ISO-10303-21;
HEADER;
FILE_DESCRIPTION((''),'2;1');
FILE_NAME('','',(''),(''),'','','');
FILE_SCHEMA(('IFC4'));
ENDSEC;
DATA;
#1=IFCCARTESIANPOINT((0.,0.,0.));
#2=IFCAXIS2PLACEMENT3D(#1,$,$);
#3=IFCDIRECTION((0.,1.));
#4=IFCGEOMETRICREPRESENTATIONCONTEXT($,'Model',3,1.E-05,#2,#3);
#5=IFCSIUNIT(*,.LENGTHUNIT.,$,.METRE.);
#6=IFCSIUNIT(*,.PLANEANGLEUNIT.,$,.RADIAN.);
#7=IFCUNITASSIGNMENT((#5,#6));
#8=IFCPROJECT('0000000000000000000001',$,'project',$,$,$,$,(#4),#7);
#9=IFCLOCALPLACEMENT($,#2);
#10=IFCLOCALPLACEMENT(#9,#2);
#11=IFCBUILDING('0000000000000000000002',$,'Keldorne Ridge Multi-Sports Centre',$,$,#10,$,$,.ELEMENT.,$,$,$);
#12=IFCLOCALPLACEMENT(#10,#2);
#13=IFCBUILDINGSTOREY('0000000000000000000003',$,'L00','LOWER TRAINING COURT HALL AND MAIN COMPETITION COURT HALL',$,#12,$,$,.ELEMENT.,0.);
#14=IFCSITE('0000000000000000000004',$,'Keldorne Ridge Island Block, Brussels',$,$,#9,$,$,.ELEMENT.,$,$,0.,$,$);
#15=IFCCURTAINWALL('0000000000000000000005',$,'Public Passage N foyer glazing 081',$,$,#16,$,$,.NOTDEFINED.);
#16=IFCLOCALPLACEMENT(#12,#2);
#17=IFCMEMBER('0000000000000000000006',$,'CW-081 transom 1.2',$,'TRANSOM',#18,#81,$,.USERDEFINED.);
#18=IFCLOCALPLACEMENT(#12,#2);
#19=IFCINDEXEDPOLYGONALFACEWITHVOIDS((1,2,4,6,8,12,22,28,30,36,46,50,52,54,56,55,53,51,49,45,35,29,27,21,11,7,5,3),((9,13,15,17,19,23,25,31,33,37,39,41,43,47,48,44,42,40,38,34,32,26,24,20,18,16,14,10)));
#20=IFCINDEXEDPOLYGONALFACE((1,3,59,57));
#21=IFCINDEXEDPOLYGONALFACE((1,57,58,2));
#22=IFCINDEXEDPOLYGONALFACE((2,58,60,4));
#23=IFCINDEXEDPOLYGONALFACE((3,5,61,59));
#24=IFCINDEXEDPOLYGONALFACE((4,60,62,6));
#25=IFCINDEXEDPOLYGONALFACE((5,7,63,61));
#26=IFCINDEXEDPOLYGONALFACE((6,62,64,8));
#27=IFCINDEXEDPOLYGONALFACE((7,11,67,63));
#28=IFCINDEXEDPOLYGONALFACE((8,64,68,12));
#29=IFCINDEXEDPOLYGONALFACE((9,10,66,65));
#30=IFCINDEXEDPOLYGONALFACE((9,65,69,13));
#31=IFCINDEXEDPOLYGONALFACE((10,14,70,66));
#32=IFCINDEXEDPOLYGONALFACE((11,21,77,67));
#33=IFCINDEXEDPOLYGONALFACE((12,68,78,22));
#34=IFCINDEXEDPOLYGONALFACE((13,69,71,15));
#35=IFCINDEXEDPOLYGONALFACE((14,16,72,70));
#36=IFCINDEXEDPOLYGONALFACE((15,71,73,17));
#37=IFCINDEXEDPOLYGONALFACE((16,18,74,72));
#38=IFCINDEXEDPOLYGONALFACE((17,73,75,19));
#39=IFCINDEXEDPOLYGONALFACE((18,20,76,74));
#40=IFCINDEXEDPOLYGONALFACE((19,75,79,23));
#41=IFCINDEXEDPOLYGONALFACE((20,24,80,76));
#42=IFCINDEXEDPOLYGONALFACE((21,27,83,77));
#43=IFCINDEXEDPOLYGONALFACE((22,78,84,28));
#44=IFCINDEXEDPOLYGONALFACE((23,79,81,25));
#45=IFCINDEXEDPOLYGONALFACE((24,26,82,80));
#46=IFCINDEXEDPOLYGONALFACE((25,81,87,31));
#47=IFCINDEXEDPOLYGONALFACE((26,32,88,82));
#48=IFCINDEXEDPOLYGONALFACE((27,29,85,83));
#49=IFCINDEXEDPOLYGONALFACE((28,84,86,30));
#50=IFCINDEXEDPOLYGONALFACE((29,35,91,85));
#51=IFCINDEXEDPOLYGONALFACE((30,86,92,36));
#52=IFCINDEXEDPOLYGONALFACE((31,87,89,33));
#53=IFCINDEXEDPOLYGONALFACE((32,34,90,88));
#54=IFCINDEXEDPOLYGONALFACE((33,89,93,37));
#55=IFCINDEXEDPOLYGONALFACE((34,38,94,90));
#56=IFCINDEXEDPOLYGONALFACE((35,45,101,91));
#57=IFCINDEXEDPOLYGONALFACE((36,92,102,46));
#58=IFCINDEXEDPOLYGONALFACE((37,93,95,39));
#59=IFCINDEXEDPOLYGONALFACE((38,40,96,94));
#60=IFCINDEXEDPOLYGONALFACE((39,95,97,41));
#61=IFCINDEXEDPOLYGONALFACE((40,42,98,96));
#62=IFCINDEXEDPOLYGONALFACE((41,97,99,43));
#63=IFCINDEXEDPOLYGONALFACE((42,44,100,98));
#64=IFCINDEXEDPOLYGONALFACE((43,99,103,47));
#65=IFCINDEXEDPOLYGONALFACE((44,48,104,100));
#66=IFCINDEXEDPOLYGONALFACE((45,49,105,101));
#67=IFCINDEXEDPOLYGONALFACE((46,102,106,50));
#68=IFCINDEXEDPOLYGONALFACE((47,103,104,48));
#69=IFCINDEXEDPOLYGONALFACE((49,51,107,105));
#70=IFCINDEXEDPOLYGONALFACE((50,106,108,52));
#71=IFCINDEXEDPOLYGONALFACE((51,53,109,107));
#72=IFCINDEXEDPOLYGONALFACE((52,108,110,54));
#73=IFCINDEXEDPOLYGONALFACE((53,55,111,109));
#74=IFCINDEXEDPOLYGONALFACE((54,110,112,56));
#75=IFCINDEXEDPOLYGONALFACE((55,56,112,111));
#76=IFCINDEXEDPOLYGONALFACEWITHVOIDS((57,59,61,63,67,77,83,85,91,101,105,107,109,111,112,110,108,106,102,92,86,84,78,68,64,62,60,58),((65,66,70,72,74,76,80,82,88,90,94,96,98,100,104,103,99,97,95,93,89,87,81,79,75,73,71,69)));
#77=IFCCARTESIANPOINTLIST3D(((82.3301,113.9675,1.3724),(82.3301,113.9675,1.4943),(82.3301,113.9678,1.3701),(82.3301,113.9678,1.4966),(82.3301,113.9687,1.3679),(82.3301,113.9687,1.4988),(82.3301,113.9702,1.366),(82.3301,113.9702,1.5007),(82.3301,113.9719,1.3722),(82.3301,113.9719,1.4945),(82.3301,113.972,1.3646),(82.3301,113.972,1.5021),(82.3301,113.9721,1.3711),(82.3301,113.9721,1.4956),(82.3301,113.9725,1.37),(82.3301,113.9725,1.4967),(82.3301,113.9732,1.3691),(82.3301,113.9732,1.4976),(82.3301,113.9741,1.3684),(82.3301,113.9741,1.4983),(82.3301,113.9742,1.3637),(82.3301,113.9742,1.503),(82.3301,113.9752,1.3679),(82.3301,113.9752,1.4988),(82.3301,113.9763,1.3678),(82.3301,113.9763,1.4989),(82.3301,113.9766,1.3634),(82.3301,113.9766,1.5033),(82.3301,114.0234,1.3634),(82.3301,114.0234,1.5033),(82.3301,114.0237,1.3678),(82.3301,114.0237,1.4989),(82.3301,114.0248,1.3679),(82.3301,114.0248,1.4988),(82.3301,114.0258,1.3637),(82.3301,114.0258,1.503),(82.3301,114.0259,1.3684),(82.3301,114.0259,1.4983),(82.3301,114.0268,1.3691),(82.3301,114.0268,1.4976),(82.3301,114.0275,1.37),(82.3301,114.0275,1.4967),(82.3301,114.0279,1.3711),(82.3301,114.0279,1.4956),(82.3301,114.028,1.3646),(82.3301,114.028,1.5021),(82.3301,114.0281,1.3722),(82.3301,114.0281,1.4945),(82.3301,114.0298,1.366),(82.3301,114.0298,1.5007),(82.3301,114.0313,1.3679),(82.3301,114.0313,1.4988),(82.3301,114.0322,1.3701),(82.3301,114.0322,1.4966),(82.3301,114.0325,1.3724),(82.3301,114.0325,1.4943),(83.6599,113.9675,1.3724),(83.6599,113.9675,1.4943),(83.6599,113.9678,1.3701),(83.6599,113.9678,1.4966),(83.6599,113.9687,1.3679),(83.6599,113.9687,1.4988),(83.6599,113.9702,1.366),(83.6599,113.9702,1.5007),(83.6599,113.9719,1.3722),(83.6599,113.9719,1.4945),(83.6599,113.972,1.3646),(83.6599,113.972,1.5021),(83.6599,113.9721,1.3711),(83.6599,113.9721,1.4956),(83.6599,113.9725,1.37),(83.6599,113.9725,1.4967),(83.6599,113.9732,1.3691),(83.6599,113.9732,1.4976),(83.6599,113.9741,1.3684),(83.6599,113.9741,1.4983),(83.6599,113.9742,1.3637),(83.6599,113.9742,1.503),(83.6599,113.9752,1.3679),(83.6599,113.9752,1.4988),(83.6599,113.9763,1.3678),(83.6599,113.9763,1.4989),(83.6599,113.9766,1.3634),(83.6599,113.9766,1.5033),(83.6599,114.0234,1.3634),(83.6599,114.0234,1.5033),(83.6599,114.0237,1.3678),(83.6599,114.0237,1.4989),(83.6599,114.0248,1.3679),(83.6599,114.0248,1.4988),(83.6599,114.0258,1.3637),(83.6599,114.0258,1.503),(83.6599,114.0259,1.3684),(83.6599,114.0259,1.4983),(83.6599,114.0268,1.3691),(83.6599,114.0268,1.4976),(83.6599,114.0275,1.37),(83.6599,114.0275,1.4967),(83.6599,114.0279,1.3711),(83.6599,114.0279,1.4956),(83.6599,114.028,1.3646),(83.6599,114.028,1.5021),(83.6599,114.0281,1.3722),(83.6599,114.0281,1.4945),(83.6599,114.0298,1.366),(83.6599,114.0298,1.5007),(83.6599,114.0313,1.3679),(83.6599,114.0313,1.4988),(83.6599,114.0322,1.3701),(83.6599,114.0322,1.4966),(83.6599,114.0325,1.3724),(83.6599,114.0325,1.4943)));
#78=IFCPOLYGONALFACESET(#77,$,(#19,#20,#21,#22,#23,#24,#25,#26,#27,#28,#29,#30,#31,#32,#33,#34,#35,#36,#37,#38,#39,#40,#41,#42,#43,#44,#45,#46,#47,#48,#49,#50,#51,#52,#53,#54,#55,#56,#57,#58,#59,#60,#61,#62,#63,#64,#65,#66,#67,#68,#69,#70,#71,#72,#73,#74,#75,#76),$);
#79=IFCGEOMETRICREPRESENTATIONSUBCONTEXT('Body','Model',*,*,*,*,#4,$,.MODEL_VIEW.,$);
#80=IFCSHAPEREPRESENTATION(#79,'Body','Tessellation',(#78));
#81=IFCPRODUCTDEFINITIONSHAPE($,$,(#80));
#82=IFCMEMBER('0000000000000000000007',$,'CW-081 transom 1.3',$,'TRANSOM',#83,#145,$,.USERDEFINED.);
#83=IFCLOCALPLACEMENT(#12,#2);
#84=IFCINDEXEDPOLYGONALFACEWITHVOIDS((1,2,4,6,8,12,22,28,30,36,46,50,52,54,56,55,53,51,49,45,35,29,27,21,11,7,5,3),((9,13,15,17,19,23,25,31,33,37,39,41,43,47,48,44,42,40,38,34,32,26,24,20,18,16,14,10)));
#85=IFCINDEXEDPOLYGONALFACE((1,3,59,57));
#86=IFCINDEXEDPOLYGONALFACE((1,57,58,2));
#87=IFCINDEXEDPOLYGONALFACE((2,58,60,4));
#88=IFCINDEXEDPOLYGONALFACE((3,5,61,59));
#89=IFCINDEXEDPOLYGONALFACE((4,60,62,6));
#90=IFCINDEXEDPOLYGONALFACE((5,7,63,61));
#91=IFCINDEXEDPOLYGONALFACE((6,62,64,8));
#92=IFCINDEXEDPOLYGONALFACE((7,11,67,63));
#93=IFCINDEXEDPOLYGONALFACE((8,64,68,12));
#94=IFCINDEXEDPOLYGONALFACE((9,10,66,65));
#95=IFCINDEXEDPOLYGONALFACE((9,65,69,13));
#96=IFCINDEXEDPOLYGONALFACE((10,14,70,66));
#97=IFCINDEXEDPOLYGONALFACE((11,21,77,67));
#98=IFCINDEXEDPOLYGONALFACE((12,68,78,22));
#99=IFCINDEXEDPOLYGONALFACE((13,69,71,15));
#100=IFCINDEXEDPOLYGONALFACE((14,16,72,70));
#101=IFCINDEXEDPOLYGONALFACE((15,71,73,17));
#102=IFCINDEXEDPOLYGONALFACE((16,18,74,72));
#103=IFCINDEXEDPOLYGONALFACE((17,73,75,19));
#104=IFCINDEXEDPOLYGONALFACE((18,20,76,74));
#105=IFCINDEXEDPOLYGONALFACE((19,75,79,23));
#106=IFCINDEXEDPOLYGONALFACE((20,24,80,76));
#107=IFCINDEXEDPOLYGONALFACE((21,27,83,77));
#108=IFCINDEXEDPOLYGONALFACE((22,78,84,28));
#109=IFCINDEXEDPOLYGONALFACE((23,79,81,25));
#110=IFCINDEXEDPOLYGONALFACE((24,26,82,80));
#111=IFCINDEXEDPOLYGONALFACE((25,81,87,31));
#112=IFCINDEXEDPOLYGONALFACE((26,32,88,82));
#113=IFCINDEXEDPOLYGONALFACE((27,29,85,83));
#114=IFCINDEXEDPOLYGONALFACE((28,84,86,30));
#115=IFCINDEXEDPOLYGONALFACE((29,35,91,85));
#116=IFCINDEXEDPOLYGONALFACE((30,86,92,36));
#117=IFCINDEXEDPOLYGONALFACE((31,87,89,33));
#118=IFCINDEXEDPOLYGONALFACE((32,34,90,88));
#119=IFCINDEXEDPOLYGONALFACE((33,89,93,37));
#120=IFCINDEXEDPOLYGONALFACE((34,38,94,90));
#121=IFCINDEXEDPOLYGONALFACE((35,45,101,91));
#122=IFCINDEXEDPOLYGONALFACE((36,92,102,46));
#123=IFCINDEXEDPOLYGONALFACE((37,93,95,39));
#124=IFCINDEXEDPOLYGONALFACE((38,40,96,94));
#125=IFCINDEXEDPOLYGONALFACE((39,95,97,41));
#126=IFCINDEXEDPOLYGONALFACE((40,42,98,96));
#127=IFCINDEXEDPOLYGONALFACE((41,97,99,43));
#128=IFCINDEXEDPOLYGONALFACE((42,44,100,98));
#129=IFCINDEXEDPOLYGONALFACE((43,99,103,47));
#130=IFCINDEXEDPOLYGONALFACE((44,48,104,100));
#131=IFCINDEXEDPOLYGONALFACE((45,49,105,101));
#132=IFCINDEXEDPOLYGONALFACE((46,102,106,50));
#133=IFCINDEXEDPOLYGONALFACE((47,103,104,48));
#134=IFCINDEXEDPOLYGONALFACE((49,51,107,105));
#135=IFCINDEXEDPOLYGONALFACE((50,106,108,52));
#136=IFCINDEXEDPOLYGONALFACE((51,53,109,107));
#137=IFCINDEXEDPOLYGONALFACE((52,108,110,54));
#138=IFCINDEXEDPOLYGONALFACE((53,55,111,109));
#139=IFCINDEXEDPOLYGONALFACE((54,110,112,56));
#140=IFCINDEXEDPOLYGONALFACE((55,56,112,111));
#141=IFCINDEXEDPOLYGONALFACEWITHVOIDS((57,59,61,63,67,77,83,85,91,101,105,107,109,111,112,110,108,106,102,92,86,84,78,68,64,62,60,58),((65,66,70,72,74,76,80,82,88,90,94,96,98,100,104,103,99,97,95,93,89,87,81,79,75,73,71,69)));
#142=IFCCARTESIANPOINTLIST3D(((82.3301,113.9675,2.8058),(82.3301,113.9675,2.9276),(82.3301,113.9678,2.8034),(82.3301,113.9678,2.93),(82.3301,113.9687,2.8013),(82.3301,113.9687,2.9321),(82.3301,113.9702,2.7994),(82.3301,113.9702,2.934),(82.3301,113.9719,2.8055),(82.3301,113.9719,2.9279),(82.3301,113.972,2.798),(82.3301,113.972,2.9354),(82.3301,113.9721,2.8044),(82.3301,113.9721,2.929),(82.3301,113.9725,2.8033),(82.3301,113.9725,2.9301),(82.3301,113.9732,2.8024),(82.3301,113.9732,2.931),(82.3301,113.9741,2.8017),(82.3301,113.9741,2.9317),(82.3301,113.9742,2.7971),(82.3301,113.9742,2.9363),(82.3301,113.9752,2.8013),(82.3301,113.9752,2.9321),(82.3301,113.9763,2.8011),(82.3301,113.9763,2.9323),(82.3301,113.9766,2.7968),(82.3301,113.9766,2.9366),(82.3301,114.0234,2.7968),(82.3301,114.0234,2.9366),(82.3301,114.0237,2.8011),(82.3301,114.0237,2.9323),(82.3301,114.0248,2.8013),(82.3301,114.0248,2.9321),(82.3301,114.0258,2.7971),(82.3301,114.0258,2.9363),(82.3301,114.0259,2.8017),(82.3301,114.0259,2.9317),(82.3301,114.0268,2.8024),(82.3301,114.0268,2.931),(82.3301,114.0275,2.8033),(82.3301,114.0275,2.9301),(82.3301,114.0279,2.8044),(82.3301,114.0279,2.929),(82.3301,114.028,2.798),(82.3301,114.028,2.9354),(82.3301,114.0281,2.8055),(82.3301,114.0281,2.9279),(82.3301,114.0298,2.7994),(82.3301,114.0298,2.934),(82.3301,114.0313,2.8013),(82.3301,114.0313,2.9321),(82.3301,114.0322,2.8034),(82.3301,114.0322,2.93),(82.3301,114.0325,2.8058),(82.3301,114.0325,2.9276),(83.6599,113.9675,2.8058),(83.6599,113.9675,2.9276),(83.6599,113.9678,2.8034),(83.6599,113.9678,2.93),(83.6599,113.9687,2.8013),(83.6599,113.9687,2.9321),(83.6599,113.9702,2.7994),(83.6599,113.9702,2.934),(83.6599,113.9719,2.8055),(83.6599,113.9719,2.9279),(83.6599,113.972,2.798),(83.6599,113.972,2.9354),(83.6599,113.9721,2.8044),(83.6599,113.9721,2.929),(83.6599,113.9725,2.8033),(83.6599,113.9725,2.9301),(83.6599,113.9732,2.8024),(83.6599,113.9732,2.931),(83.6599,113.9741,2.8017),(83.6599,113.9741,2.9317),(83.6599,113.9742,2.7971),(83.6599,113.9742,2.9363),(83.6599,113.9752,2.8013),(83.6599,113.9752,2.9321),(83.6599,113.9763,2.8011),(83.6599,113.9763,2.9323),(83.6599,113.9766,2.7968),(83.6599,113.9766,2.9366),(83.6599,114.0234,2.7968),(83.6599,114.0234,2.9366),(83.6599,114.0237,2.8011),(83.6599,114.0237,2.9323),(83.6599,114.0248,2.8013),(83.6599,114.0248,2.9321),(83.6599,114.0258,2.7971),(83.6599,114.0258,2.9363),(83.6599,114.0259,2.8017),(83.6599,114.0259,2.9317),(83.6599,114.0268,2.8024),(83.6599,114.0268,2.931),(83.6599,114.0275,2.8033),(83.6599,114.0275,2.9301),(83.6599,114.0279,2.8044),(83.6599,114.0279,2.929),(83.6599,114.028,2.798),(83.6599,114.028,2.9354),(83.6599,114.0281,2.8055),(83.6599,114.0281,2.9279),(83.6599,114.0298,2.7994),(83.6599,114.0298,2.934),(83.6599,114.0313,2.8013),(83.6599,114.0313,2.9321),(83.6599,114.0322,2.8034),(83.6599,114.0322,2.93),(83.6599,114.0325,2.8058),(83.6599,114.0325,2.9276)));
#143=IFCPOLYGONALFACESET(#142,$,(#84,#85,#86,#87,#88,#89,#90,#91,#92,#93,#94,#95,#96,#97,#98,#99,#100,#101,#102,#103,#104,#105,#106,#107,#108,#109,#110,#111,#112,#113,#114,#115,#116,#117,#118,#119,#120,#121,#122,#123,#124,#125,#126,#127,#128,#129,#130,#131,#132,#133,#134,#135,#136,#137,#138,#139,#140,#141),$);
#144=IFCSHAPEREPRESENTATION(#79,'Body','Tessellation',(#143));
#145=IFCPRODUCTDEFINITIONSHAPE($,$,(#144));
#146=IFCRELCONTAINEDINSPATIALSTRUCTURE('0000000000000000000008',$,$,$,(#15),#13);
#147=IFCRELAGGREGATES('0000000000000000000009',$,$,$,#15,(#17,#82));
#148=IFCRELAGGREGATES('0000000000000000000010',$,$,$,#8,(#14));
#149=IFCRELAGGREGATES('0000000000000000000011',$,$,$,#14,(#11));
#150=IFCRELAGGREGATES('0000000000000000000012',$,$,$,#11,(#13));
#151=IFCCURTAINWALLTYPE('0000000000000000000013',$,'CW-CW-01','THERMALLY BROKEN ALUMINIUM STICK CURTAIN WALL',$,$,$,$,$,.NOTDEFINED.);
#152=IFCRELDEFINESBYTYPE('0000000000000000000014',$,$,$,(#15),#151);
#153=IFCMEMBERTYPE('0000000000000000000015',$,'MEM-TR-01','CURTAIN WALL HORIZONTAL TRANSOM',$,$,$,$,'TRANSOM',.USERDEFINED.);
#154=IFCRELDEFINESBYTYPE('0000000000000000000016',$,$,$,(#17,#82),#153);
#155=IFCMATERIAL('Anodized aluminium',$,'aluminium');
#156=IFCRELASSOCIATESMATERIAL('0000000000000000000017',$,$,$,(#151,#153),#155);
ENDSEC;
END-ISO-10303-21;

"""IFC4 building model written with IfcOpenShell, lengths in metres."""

from ifc_helpers import new_model, si_unit, direction, frame, origin, origin_2d, place, context, subcontext, project, spatial, hollow_rectangle, extrude, material, material_profile, profile_set, type_object, element, aggregate, save


model = new_model("IFC4")

# Units and contexts
model_context = context("Model", 3, precision=1e-05, world=origin(), true_north=direction((0.0, 1.0)))
body_context = subcontext(model_context, "Body", "Model", "MODEL_VIEW")
ifc_project = project(units=[si_unit("LENGTHUNIT", "METRE"), si_unit("PLANEANGLEUNIT", "RADIAN")], contexts=[model_context])

# Site, building, storey
site_placement = place(None, origin())
site = spatial("IfcSite", under=ifc_project, at=site_placement, Name="Keldorne Ridge Island Block, Brussels", CompositionType="ELEMENT", RefElevation=0.0)
building_placement = place(site_placement, origin())
building = spatial("IfcBuilding", under=site, at=building_placement, Name="Keldorne Ridge Multi-Sports Centre", CompositionType="ELEMENT")
storey_placement = place(building_placement, origin())
storey = spatial("IfcBuildingStorey", under=building, at=storey_placement, Name="L00", Description="LOWER TRAINING COURT HALL AND MAIN COMPETITION COURT HALL", CompositionType="ELEMENT", Elevation=0.0)

# Curtain wall, members
ifc_material_1 = material(Name="Anodized aluminium", Category="aluminium")
curtain_wall_type = type_object("IfcCurtainWallType", Name="CW-CW-01", Description="THERMALLY BROKEN ALUMINIUM STICK CURTAIN WALL", PredefinedType="NOTDEFINED", material=ifc_material_1)
curtain_wall_placement = place(storey_placement, origin())
curtain_wall = element("IfcCurtainWall", 1, at=curtain_wall_placement, inside=storey, type_object=curtain_wall_type, Name="Public Passage N foyer glazing 081", PredefinedType="NOTDEFINED")
ifc_material_profile_1 = material_profile(ifc_material_1, hollow_rectangle(XDim=0.0649, YDim=0.1399, WallThickness=0.0044, InnerFilletRadius=0.0044, OuterFilletRadius=0.009, at=origin_2d()), Name="ALU TRANSOM 140x65x4.5")
ifc_profile_set_1 = profile_set([ifc_material_profile_1], Name="Anodized aluminium")
member_type_1 = type_object("IfcMemberType", Name="MEM-TR-01", Description="CURTAIN WALL HORIZONTAL TRANSOM", ElementType="TRANSOM", PredefinedType="USERDEFINED", material=ifc_profile_set_1)
member_1_placement = place(storey_placement, frame((83.6599, 114.0, 1.4333), z_axis=(-1.0, 0.0, 0.0), x_axis=(0.0, -1.0, 0.0)))
member_1 = element("IfcMember", 2, at=member_1_placement, type_object=member_type_1, Name="CW-081 transom 1.2", ObjectType="TRANSOM", PredefinedType="USERDEFINED", context=body_context, shape_type="SweptSolid", body=[
    extrude(hollow_rectangle(XDim=0.0649, YDim=0.1399, WallThickness=0.0044, InnerFilletRadius=0.0044, OuterFilletRadius=0.009, at=origin_2d()), origin(), (0.0, 0.0, 1.0), 1.3298),
])
member_2_placement = place(storey_placement, frame((83.6599, 114.0, 2.8667), z_axis=(-1.0, 0.0, 0.0), x_axis=(0.0, -1.0, 0.0)))
member_2 = element("IfcMember", 3, at=member_2_placement, type_object=member_type_1, Name="CW-081 transom 1.3", ObjectType="TRANSOM", PredefinedType="USERDEFINED", context=body_context, shape_type="SweptSolid", body=[
    extrude(hollow_rectangle(XDim=0.0649, YDim=0.1399, WallThickness=0.0044, InnerFilletRadius=0.0044, OuterFilletRadius=0.009, at=origin_2d()), origin(), (0.0, 0.0, 1.0), 1.3298),
])
aggregate(curtain_wall, [member_1, member_2])

save(model, "model.ifc")
